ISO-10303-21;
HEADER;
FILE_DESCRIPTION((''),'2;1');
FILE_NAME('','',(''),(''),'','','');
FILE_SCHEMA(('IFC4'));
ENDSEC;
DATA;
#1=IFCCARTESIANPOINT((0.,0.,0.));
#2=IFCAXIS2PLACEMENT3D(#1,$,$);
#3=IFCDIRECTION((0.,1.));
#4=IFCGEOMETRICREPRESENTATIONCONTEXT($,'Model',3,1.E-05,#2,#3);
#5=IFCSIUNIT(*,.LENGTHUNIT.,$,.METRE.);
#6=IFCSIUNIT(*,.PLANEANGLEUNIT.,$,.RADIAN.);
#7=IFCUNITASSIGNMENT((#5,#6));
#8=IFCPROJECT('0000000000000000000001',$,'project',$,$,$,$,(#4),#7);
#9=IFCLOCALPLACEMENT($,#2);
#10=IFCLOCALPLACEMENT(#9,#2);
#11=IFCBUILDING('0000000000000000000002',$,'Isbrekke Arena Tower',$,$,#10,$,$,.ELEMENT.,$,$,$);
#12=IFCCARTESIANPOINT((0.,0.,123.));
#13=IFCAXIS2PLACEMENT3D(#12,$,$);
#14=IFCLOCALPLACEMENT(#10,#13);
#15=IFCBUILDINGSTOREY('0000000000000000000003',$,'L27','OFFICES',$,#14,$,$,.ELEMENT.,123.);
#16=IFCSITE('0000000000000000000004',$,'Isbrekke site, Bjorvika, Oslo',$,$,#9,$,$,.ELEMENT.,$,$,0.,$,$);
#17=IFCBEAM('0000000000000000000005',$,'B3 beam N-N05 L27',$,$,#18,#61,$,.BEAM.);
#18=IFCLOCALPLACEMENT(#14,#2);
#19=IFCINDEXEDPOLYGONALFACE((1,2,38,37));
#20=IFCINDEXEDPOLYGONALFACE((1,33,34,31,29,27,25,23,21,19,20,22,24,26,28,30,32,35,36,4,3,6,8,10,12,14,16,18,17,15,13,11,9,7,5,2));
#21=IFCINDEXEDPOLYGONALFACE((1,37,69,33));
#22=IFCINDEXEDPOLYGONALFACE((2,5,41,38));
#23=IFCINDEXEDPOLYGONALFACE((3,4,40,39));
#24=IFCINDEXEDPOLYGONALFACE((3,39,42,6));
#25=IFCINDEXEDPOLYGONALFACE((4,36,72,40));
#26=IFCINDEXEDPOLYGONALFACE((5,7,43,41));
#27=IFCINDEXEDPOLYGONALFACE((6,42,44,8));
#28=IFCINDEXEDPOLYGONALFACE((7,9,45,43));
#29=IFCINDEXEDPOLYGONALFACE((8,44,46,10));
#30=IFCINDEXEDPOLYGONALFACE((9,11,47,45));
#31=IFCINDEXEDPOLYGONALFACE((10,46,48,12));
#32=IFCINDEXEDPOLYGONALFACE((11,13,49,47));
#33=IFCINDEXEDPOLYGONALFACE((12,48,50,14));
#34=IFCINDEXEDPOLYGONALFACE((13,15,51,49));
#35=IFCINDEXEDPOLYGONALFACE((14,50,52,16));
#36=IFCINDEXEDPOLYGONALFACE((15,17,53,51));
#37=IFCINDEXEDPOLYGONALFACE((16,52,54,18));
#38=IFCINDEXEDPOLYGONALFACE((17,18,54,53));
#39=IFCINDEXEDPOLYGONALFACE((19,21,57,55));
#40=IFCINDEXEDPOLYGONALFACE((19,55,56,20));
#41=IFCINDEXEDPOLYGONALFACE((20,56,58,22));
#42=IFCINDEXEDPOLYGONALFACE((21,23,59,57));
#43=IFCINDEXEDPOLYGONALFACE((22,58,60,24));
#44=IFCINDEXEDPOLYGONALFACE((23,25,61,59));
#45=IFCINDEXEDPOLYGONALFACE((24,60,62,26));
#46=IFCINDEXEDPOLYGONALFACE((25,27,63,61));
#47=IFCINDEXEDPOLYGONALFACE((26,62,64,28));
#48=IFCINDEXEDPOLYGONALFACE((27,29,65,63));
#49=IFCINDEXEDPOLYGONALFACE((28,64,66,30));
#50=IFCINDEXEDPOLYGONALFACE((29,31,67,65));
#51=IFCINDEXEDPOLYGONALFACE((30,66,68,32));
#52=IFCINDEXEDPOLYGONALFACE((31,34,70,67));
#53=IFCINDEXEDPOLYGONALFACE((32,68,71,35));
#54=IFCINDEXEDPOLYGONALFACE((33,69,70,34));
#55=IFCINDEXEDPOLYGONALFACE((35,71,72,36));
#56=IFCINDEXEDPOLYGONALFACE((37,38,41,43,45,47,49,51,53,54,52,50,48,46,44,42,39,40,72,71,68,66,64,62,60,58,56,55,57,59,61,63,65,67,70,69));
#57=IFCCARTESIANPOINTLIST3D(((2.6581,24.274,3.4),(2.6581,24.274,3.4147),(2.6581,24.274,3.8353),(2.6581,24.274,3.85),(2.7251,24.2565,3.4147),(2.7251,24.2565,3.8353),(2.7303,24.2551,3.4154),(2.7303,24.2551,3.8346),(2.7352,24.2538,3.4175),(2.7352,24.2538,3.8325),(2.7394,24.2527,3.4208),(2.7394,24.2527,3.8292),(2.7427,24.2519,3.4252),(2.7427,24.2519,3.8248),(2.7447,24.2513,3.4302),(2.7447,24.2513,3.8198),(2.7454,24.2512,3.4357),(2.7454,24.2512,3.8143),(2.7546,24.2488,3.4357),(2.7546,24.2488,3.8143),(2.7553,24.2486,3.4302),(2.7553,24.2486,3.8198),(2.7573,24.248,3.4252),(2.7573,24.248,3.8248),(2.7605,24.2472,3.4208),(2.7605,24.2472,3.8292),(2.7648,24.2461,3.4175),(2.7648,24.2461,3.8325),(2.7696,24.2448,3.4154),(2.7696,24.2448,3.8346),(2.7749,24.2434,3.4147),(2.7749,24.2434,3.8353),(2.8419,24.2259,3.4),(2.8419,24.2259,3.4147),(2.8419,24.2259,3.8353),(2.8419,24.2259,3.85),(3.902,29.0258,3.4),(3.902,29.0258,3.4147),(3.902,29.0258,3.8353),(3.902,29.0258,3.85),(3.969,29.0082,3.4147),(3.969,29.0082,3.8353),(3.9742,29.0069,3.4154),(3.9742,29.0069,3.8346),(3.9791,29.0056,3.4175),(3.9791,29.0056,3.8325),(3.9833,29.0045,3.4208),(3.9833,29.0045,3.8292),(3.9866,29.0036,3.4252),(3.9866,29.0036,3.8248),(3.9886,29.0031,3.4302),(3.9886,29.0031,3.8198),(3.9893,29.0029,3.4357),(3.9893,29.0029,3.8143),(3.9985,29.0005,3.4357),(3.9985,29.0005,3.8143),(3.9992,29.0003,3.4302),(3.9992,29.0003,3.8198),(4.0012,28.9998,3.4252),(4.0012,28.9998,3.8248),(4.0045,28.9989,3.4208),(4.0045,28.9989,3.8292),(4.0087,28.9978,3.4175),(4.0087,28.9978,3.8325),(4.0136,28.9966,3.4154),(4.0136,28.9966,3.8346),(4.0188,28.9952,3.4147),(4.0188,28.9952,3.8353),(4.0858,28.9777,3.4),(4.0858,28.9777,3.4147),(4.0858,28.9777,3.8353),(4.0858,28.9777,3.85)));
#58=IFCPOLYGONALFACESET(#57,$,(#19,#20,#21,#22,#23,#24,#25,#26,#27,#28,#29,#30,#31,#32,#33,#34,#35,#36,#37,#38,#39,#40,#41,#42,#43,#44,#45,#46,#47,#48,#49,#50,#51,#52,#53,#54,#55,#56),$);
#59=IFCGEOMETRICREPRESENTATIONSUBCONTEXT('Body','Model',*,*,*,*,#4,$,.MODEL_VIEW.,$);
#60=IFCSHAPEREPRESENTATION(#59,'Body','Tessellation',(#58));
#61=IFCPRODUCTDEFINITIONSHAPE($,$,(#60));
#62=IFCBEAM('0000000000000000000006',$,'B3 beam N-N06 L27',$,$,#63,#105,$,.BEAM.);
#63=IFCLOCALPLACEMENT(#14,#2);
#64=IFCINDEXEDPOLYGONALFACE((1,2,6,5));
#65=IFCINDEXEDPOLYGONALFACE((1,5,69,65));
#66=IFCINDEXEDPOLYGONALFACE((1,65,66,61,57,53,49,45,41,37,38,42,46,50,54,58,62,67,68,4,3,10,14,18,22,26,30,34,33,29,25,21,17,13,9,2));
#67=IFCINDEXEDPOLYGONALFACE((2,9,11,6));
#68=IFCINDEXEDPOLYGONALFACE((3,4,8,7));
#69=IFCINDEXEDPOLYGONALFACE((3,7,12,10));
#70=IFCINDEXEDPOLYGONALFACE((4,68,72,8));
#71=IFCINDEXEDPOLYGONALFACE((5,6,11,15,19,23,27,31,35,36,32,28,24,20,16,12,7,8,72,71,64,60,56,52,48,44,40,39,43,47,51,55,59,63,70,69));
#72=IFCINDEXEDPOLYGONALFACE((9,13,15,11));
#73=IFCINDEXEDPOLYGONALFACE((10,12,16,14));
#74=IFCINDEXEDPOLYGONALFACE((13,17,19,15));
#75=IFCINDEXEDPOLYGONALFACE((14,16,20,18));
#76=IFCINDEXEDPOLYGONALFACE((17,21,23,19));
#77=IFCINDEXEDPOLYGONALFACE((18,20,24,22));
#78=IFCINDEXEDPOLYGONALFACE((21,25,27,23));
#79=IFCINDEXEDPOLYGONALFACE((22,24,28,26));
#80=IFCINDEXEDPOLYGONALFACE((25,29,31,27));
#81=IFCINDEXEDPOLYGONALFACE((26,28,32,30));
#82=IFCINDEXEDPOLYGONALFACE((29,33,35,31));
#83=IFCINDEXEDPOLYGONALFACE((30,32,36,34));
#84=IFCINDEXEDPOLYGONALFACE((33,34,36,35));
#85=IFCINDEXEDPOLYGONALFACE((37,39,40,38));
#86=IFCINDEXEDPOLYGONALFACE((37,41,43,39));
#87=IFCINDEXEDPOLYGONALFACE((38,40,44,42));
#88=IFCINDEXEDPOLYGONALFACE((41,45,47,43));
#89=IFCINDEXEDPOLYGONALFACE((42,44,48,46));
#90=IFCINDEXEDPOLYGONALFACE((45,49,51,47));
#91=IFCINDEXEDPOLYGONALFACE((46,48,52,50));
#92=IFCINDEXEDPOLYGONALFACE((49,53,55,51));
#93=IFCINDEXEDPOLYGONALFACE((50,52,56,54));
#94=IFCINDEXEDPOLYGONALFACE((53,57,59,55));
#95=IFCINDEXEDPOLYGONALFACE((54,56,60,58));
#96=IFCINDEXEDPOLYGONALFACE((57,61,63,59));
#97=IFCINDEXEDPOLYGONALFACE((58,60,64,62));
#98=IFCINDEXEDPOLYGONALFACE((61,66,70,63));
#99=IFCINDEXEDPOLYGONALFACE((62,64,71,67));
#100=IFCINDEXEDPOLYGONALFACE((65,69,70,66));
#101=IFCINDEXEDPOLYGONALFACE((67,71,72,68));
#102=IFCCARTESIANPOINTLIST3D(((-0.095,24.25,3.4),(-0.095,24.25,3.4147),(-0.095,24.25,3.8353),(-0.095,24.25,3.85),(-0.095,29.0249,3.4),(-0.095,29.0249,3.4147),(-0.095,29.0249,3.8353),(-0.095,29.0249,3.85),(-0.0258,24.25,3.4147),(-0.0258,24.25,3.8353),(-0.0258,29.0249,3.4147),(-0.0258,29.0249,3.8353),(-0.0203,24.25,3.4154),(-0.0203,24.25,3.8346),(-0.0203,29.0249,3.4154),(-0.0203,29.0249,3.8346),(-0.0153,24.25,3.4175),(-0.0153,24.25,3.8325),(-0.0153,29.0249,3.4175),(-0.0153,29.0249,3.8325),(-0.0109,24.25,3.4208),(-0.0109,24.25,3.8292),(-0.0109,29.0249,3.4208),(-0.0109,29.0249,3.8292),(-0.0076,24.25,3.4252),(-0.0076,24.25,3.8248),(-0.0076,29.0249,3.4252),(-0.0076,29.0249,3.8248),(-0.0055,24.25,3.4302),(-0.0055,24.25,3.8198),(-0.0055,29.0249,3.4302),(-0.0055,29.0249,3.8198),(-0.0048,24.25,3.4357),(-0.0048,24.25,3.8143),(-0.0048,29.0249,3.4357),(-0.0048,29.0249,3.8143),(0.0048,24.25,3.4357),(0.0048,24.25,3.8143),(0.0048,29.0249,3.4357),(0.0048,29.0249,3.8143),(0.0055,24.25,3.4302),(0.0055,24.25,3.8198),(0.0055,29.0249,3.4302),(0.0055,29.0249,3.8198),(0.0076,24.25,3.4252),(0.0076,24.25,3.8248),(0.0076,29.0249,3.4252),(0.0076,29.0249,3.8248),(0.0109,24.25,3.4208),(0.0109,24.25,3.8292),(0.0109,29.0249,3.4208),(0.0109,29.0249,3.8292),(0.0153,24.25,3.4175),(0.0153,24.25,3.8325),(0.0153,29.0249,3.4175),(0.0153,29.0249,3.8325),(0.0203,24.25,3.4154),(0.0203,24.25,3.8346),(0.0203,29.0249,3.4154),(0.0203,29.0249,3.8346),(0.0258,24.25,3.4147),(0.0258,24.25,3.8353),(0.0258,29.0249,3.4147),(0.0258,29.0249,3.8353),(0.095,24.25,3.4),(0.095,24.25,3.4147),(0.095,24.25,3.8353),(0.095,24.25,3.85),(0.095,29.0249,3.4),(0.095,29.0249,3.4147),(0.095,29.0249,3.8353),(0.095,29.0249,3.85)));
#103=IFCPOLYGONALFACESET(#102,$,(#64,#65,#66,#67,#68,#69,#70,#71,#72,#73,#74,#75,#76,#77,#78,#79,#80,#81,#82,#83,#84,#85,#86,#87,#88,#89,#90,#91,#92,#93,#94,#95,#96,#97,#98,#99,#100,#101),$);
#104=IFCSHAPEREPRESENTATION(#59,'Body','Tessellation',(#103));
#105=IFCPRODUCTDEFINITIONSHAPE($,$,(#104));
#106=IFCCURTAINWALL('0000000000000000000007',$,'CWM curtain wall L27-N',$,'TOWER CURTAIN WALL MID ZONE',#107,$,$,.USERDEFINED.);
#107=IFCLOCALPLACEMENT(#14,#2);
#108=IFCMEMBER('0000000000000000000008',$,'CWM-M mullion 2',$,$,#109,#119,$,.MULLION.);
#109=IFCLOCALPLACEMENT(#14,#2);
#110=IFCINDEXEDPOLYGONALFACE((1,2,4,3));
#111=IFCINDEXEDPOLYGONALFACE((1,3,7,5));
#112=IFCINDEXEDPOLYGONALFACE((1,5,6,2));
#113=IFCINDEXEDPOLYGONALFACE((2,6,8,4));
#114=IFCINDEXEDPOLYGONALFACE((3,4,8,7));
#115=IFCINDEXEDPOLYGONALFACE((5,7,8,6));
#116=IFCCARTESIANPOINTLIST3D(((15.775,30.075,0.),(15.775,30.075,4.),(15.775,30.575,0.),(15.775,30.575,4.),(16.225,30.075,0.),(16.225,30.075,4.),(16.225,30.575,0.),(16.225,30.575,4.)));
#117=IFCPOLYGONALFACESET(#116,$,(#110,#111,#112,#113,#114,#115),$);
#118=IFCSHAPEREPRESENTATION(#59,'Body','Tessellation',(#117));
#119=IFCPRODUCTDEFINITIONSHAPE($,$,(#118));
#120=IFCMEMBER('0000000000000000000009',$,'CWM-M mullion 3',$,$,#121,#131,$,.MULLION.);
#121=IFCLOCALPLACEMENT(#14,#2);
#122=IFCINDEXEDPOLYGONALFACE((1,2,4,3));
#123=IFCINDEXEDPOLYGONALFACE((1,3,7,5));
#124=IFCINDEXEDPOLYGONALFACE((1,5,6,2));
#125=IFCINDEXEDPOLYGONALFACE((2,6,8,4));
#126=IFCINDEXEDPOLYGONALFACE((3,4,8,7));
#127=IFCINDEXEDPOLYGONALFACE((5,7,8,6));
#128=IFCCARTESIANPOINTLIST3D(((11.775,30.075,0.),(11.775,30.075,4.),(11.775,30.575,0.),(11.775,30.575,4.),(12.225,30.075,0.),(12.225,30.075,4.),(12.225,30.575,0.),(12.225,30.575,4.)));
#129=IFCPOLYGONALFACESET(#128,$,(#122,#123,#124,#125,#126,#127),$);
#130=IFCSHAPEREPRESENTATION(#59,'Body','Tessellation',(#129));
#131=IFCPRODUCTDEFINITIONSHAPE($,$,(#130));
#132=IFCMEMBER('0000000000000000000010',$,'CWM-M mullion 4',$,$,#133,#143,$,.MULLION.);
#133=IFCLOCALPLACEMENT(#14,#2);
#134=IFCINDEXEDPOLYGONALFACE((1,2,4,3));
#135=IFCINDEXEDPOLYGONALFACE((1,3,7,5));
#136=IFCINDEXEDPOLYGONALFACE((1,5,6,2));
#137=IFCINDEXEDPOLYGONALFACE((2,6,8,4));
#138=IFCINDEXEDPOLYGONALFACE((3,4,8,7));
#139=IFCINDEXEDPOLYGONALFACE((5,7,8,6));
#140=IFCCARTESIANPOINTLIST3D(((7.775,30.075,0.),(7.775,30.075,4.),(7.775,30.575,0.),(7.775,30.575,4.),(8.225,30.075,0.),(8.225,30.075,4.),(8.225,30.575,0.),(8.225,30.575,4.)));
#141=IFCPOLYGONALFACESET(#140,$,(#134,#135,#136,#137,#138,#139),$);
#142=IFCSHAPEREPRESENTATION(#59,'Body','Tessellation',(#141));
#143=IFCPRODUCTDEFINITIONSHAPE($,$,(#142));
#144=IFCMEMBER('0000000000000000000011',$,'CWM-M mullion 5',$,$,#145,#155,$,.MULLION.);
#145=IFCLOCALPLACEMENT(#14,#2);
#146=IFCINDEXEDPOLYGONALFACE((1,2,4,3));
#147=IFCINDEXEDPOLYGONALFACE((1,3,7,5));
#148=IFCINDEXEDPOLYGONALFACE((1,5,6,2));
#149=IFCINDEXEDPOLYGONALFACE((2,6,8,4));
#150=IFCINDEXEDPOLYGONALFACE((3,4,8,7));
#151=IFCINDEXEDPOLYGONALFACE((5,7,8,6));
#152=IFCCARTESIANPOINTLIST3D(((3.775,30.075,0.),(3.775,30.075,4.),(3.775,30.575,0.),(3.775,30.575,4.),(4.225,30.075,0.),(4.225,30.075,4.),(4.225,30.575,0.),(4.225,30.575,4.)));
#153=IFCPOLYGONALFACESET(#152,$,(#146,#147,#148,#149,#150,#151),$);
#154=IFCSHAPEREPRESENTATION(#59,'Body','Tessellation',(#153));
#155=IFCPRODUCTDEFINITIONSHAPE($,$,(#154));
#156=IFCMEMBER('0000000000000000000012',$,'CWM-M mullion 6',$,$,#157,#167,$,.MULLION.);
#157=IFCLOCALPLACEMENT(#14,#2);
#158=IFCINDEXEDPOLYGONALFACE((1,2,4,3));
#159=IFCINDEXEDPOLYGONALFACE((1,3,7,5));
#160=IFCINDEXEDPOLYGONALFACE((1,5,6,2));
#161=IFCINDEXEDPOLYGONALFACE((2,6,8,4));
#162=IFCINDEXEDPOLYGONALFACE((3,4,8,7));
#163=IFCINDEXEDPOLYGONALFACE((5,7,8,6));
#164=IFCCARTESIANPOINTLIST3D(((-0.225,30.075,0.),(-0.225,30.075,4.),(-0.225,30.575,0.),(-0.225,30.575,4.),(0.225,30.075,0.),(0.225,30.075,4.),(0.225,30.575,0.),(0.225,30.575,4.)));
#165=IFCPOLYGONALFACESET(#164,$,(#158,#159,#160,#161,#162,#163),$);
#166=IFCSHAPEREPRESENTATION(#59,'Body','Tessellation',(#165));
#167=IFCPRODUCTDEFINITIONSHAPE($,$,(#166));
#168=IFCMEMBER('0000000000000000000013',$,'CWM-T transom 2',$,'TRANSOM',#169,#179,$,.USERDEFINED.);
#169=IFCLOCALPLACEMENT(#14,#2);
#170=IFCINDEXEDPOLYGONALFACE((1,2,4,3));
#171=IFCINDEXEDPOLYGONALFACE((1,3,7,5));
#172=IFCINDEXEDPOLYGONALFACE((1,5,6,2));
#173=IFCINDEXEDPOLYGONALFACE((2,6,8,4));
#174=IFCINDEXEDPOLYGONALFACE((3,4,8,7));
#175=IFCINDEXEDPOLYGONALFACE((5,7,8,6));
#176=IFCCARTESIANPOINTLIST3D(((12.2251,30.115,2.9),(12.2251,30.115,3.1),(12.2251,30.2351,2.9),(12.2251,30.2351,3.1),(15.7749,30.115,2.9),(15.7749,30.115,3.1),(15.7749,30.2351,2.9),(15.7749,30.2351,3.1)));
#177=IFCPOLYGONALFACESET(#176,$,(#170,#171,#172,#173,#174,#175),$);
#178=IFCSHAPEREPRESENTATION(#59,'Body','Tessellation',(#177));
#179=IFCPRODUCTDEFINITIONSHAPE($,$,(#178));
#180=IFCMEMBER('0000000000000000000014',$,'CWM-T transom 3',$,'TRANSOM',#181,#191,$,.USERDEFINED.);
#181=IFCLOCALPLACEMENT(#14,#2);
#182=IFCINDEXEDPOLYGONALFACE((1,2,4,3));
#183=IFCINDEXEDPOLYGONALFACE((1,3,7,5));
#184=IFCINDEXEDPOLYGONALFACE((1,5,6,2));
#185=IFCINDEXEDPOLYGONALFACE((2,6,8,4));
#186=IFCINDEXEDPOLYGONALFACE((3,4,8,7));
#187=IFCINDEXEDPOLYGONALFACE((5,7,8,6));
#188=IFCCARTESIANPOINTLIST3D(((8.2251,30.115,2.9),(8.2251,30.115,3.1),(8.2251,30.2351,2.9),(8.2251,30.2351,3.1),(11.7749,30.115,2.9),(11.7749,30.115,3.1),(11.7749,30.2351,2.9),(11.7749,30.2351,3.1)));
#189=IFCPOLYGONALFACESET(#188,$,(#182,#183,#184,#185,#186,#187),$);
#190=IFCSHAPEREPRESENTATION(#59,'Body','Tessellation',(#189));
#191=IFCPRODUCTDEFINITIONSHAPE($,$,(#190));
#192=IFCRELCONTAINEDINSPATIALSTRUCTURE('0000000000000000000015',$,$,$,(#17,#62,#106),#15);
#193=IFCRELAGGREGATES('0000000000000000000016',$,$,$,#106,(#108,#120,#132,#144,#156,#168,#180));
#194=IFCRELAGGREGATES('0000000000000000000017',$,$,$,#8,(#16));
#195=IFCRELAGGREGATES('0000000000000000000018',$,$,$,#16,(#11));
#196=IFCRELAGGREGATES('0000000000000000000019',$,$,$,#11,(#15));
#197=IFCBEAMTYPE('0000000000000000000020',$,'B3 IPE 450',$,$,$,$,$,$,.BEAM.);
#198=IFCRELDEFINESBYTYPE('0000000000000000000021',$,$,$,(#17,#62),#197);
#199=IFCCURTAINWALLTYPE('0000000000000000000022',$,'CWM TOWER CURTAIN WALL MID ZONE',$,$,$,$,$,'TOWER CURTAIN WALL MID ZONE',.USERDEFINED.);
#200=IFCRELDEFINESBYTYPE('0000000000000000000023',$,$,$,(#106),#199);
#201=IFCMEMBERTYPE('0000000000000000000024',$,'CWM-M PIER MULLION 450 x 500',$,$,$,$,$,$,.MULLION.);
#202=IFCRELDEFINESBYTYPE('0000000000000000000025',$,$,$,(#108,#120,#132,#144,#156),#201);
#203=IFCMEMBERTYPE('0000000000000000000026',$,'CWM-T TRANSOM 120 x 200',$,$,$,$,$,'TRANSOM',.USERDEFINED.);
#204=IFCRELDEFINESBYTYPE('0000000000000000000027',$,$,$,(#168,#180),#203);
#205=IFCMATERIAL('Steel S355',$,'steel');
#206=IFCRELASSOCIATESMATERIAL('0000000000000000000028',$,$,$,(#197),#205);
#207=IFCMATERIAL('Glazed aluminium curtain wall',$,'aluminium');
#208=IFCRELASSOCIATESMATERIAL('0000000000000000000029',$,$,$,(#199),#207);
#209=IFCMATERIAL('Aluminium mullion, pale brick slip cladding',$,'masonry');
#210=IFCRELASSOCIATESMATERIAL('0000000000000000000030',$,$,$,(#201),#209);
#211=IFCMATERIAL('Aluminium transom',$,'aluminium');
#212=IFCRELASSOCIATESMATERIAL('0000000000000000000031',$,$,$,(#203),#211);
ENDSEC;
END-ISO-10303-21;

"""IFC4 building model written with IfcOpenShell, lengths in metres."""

from ifc_helpers import new_model, si_unit, direction, frame, origin, origin_2d, place, context, subcontext, project, spatial, rectangle, i_section, extrude, material, material_profile, profile_set, type_object, element, aggregate, save


model = new_model("IFC4")

# Units and contexts
model_context = context("Model", 3, precision=1e-05, world=origin(), true_north=direction((0.0, 1.0)))
body_context = subcontext(model_context, "Body", "Model", "MODEL_VIEW")
ifc_project = project(units=[si_unit("LENGTHUNIT", "METRE"), si_unit("PLANEANGLEUNIT", "RADIAN")], contexts=[model_context])

# Site, building, storey
site_placement = place(None, origin())
site = spatial("IfcSite", under=ifc_project, at=site_placement, Name="Isbrekke site, Bjorvika, Oslo", CompositionType="ELEMENT", RefElevation=0.0)
building_placement = place(site_placement, origin())
building = spatial("IfcBuilding", under=site, at=building_placement, Name="Isbrekke Arena Tower", CompositionType="ELEMENT")
storey_placement = place(building_placement, frame((0.0, 0.0, 123.0)))
storey = spatial("IfcBuildingStorey", under=building, at=storey_placement, Name="L27", Description="OFFICES", CompositionType="ELEMENT", Elevation=123.0)

# Beams
ifc_material_1 = material(Name="Steel S355", Category="steel")
ifc_material_profile_1 = material_profile(ifc_material_1, i_section(OverallWidth=0.1899, OverallDepth=0.45, WebThickness=0.0095, FlangeThickness=0.0146, FilletRadius=0.021, at=origin_2d()), Name="IPE 450")
ifc_profile_set_1 = profile_set([ifc_material_profile_1], Name="Steel S355")
beam_type_1 = type_object("IfcBeamType", Name="B3 IPE 450", PredefinedType="BEAM", material=ifc_profile_set_1)
beam_1_placement = place(storey_placement, frame((3.9939, 29.0017, 3.625), z_axis=(-0.253245, -0.967402, 0.0), x_axis=(0.967402, -0.253245, 0.0)))
element("IfcBeam", 1, at=beam_1_placement, inside=storey, type_object=beam_type_1, Name="B3 beam N-N05 L27", PredefinedType="BEAM", context=body_context, shape_type="SweptSolid", body=[
    extrude(i_section(OverallWidth=0.1899, OverallDepth=0.45, WebThickness=0.0095, FlangeThickness=0.0146, FilletRadius=0.021, at=origin_2d()), origin(), (0.0, 0.0, 1.0), 4.9119),
])
beam_2_placement = place(storey_placement, frame((0.0, 29.0249, 3.625), z_axis=(0.0, -1.0, 0.0), x_axis=(1.0, 0.0, 0.0)))
element("IfcBeam", 2, at=beam_2_placement, inside=storey, type_object=beam_type_1, Name="B3 beam N-N06 L27", PredefinedType="BEAM", context=body_context, shape_type="SweptSolid", body=[
    extrude(i_section(OverallWidth=0.1899, OverallDepth=0.45, WebThickness=0.0095, FlangeThickness=0.0146, FilletRadius=0.021, at=origin_2d()), origin(), (0.0, 0.0, 1.0), 4.7749),
])

# Curtain wall, members
ifc_material_2 = material(Name="Glazed aluminium curtain wall", Category="aluminium")
curtain_wall_type = type_object("IfcCurtainWallType", Name="CWM TOWER CURTAIN WALL MID ZONE", ElementType="TOWER CURTAIN WALL MID ZONE", PredefinedType="USERDEFINED", material=ifc_material_2)
curtain_wall_placement = place(storey_placement, origin())
curtain_wall = element("IfcCurtainWall", 3, at=curtain_wall_placement, inside=storey, type_object=curtain_wall_type, Name="CWM curtain wall L27-N", ObjectType="TOWER CURTAIN WALL MID ZONE", PredefinedType="USERDEFINED")
ifc_material_3 = material(Name="Aluminium mullion, pale brick slip cladding", Category="masonry")
ifc_material_profile_2 = material_profile(ifc_material_3, rectangle(XDim=0.45, YDim=0.5, at=origin_2d()), Name="PIER 450X500")
ifc_profile_set_2 = profile_set([ifc_material_profile_2], Name="Aluminium mullion, pale brick slip cladding")
member_type_1 = type_object("IfcMemberType", Name="CWM-M PIER MULLION 450 x 500", PredefinedType="MULLION", material=ifc_profile_set_2)
member_1_placement = place(storey_placement, frame((16.0, 30.325, 0.0), z_axis=(0.0, 0.0, 1.0), x_axis=(-1.0, 0.0, 0.0)))
member_1 = element("IfcMember", 4, at=member_1_placement, type_object=member_type_1, Name="CWM-M mullion 2", PredefinedType="MULLION", context=body_context, shape_type="SweptSolid", body=[
    extrude(rectangle(XDim=0.45, YDim=0.5, at=origin_2d()), origin(), (0.0, 0.0, 1.0), 4.0),
])
member_2_placement = place(storey_placement, frame((12.0, 30.325, 0.0), z_axis=(0.0, 0.0, 1.0), x_axis=(-1.0, 0.0, 0.0)))
member_2 = element("IfcMember", 5, at=member_2_placement, type_object=member_type_1, Name="CWM-M mullion 3", PredefinedType="MULLION", context=body_context, shape_type="SweptSolid", body=[
    extrude(rectangle(XDim=0.45, YDim=0.5, at=origin_2d()), origin(), (0.0, 0.0, 1.0), 4.0),
])
member_3_placement = place(storey_placement, frame((8.0, 30.325, 0.0), z_axis=(0.0, 0.0, 1.0), x_axis=(-1.0, 0.0, 0.0)))
member_3 = element("IfcMember", 6, at=member_3_placement, type_object=member_type_1, Name="CWM-M mullion 4", PredefinedType="MULLION", context=body_context, shape_type="SweptSolid", body=[
    extrude(rectangle(XDim=0.45, YDim=0.5, at=origin_2d()), origin(), (0.0, 0.0, 1.0), 4.0),
])
member_4_placement = place(storey_placement, frame((4.0, 30.325, 0.0), z_axis=(0.0, 0.0, 1.0), x_axis=(-1.0, 0.0, 0.0)))
member_4 = element("IfcMember", 7, at=member_4_placement, type_object=member_type_1, Name="CWM-M mullion 5", PredefinedType="MULLION", context=body_context, shape_type="SweptSolid", body=[
    extrude(rectangle(XDim=0.45, YDim=0.5, at=origin_2d()), origin(), (0.0, 0.0, 1.0), 4.0),
])
member_5_placement = place(storey_placement, frame((0.0, 30.325, 0.0), z_axis=(0.0, 0.0, 1.0), x_axis=(-1.0, 0.0, 0.0)))
member_5 = element("IfcMember", 8, at=member_5_placement, type_object=member_type_1, Name="CWM-M mullion 6", PredefinedType="MULLION", context=body_context, shape_type="SweptSolid", body=[
    extrude(rectangle(XDim=0.45, YDim=0.5, at=origin_2d()), origin(), (0.0, 0.0, 1.0), 4.0),
])
ifc_material_4 = material(Name="Aluminium transom", Category="aluminium")
ifc_material_profile_3 = material_profile(ifc_material_4, rectangle(XDim=0.1201, YDim=0.2, at=origin_2d()), Name="TRANSOM 120X200")
ifc_profile_set_3 = profile_set([ifc_material_profile_3], Name="Aluminium transom")
member_type_2 = type_object("IfcMemberType", Name="CWM-T TRANSOM 120 x 200", ElementType="TRANSOM", PredefinedType="USERDEFINED", material=ifc_profile_set_3)
member_6_placement = place(storey_placement, frame((15.7749, 30.175, 3.0), z_axis=(-1.0, 0.0, 0.0), x_axis=(0.0, -1.0, 0.0)))
member_6 = element("IfcMember", 9, at=member_6_placement, type_object=member_type_2, Name="CWM-T transom 2", ObjectType="TRANSOM", PredefinedType="USERDEFINED", context=body_context, shape_type="SweptSolid", body=[
    extrude(rectangle(XDim=0.1201, YDim=0.2, at=origin_2d()), origin(), (0.0, 0.0, 1.0), 3.5498),
])
member_7_placement = place(storey_placement, frame((11.7749, 30.175, 3.0), z_axis=(-1.0, 0.0, 0.0), x_axis=(0.0, -1.0, 0.0)))
member_7 = element("IfcMember", 10, at=member_7_placement, type_object=member_type_2, Name="CWM-T transom 3", ObjectType="TRANSOM", PredefinedType="USERDEFINED", context=body_context, shape_type="SweptSolid", body=[
    extrude(rectangle(XDim=0.1201, YDim=0.2, at=origin_2d()), origin(), (0.0, 0.0, 1.0), 3.5498),
])

aggregate(curtain_wall, [member_1, member_2, member_3, member_4, member_5, member_6, member_7])

save(model, "model.ifc")
